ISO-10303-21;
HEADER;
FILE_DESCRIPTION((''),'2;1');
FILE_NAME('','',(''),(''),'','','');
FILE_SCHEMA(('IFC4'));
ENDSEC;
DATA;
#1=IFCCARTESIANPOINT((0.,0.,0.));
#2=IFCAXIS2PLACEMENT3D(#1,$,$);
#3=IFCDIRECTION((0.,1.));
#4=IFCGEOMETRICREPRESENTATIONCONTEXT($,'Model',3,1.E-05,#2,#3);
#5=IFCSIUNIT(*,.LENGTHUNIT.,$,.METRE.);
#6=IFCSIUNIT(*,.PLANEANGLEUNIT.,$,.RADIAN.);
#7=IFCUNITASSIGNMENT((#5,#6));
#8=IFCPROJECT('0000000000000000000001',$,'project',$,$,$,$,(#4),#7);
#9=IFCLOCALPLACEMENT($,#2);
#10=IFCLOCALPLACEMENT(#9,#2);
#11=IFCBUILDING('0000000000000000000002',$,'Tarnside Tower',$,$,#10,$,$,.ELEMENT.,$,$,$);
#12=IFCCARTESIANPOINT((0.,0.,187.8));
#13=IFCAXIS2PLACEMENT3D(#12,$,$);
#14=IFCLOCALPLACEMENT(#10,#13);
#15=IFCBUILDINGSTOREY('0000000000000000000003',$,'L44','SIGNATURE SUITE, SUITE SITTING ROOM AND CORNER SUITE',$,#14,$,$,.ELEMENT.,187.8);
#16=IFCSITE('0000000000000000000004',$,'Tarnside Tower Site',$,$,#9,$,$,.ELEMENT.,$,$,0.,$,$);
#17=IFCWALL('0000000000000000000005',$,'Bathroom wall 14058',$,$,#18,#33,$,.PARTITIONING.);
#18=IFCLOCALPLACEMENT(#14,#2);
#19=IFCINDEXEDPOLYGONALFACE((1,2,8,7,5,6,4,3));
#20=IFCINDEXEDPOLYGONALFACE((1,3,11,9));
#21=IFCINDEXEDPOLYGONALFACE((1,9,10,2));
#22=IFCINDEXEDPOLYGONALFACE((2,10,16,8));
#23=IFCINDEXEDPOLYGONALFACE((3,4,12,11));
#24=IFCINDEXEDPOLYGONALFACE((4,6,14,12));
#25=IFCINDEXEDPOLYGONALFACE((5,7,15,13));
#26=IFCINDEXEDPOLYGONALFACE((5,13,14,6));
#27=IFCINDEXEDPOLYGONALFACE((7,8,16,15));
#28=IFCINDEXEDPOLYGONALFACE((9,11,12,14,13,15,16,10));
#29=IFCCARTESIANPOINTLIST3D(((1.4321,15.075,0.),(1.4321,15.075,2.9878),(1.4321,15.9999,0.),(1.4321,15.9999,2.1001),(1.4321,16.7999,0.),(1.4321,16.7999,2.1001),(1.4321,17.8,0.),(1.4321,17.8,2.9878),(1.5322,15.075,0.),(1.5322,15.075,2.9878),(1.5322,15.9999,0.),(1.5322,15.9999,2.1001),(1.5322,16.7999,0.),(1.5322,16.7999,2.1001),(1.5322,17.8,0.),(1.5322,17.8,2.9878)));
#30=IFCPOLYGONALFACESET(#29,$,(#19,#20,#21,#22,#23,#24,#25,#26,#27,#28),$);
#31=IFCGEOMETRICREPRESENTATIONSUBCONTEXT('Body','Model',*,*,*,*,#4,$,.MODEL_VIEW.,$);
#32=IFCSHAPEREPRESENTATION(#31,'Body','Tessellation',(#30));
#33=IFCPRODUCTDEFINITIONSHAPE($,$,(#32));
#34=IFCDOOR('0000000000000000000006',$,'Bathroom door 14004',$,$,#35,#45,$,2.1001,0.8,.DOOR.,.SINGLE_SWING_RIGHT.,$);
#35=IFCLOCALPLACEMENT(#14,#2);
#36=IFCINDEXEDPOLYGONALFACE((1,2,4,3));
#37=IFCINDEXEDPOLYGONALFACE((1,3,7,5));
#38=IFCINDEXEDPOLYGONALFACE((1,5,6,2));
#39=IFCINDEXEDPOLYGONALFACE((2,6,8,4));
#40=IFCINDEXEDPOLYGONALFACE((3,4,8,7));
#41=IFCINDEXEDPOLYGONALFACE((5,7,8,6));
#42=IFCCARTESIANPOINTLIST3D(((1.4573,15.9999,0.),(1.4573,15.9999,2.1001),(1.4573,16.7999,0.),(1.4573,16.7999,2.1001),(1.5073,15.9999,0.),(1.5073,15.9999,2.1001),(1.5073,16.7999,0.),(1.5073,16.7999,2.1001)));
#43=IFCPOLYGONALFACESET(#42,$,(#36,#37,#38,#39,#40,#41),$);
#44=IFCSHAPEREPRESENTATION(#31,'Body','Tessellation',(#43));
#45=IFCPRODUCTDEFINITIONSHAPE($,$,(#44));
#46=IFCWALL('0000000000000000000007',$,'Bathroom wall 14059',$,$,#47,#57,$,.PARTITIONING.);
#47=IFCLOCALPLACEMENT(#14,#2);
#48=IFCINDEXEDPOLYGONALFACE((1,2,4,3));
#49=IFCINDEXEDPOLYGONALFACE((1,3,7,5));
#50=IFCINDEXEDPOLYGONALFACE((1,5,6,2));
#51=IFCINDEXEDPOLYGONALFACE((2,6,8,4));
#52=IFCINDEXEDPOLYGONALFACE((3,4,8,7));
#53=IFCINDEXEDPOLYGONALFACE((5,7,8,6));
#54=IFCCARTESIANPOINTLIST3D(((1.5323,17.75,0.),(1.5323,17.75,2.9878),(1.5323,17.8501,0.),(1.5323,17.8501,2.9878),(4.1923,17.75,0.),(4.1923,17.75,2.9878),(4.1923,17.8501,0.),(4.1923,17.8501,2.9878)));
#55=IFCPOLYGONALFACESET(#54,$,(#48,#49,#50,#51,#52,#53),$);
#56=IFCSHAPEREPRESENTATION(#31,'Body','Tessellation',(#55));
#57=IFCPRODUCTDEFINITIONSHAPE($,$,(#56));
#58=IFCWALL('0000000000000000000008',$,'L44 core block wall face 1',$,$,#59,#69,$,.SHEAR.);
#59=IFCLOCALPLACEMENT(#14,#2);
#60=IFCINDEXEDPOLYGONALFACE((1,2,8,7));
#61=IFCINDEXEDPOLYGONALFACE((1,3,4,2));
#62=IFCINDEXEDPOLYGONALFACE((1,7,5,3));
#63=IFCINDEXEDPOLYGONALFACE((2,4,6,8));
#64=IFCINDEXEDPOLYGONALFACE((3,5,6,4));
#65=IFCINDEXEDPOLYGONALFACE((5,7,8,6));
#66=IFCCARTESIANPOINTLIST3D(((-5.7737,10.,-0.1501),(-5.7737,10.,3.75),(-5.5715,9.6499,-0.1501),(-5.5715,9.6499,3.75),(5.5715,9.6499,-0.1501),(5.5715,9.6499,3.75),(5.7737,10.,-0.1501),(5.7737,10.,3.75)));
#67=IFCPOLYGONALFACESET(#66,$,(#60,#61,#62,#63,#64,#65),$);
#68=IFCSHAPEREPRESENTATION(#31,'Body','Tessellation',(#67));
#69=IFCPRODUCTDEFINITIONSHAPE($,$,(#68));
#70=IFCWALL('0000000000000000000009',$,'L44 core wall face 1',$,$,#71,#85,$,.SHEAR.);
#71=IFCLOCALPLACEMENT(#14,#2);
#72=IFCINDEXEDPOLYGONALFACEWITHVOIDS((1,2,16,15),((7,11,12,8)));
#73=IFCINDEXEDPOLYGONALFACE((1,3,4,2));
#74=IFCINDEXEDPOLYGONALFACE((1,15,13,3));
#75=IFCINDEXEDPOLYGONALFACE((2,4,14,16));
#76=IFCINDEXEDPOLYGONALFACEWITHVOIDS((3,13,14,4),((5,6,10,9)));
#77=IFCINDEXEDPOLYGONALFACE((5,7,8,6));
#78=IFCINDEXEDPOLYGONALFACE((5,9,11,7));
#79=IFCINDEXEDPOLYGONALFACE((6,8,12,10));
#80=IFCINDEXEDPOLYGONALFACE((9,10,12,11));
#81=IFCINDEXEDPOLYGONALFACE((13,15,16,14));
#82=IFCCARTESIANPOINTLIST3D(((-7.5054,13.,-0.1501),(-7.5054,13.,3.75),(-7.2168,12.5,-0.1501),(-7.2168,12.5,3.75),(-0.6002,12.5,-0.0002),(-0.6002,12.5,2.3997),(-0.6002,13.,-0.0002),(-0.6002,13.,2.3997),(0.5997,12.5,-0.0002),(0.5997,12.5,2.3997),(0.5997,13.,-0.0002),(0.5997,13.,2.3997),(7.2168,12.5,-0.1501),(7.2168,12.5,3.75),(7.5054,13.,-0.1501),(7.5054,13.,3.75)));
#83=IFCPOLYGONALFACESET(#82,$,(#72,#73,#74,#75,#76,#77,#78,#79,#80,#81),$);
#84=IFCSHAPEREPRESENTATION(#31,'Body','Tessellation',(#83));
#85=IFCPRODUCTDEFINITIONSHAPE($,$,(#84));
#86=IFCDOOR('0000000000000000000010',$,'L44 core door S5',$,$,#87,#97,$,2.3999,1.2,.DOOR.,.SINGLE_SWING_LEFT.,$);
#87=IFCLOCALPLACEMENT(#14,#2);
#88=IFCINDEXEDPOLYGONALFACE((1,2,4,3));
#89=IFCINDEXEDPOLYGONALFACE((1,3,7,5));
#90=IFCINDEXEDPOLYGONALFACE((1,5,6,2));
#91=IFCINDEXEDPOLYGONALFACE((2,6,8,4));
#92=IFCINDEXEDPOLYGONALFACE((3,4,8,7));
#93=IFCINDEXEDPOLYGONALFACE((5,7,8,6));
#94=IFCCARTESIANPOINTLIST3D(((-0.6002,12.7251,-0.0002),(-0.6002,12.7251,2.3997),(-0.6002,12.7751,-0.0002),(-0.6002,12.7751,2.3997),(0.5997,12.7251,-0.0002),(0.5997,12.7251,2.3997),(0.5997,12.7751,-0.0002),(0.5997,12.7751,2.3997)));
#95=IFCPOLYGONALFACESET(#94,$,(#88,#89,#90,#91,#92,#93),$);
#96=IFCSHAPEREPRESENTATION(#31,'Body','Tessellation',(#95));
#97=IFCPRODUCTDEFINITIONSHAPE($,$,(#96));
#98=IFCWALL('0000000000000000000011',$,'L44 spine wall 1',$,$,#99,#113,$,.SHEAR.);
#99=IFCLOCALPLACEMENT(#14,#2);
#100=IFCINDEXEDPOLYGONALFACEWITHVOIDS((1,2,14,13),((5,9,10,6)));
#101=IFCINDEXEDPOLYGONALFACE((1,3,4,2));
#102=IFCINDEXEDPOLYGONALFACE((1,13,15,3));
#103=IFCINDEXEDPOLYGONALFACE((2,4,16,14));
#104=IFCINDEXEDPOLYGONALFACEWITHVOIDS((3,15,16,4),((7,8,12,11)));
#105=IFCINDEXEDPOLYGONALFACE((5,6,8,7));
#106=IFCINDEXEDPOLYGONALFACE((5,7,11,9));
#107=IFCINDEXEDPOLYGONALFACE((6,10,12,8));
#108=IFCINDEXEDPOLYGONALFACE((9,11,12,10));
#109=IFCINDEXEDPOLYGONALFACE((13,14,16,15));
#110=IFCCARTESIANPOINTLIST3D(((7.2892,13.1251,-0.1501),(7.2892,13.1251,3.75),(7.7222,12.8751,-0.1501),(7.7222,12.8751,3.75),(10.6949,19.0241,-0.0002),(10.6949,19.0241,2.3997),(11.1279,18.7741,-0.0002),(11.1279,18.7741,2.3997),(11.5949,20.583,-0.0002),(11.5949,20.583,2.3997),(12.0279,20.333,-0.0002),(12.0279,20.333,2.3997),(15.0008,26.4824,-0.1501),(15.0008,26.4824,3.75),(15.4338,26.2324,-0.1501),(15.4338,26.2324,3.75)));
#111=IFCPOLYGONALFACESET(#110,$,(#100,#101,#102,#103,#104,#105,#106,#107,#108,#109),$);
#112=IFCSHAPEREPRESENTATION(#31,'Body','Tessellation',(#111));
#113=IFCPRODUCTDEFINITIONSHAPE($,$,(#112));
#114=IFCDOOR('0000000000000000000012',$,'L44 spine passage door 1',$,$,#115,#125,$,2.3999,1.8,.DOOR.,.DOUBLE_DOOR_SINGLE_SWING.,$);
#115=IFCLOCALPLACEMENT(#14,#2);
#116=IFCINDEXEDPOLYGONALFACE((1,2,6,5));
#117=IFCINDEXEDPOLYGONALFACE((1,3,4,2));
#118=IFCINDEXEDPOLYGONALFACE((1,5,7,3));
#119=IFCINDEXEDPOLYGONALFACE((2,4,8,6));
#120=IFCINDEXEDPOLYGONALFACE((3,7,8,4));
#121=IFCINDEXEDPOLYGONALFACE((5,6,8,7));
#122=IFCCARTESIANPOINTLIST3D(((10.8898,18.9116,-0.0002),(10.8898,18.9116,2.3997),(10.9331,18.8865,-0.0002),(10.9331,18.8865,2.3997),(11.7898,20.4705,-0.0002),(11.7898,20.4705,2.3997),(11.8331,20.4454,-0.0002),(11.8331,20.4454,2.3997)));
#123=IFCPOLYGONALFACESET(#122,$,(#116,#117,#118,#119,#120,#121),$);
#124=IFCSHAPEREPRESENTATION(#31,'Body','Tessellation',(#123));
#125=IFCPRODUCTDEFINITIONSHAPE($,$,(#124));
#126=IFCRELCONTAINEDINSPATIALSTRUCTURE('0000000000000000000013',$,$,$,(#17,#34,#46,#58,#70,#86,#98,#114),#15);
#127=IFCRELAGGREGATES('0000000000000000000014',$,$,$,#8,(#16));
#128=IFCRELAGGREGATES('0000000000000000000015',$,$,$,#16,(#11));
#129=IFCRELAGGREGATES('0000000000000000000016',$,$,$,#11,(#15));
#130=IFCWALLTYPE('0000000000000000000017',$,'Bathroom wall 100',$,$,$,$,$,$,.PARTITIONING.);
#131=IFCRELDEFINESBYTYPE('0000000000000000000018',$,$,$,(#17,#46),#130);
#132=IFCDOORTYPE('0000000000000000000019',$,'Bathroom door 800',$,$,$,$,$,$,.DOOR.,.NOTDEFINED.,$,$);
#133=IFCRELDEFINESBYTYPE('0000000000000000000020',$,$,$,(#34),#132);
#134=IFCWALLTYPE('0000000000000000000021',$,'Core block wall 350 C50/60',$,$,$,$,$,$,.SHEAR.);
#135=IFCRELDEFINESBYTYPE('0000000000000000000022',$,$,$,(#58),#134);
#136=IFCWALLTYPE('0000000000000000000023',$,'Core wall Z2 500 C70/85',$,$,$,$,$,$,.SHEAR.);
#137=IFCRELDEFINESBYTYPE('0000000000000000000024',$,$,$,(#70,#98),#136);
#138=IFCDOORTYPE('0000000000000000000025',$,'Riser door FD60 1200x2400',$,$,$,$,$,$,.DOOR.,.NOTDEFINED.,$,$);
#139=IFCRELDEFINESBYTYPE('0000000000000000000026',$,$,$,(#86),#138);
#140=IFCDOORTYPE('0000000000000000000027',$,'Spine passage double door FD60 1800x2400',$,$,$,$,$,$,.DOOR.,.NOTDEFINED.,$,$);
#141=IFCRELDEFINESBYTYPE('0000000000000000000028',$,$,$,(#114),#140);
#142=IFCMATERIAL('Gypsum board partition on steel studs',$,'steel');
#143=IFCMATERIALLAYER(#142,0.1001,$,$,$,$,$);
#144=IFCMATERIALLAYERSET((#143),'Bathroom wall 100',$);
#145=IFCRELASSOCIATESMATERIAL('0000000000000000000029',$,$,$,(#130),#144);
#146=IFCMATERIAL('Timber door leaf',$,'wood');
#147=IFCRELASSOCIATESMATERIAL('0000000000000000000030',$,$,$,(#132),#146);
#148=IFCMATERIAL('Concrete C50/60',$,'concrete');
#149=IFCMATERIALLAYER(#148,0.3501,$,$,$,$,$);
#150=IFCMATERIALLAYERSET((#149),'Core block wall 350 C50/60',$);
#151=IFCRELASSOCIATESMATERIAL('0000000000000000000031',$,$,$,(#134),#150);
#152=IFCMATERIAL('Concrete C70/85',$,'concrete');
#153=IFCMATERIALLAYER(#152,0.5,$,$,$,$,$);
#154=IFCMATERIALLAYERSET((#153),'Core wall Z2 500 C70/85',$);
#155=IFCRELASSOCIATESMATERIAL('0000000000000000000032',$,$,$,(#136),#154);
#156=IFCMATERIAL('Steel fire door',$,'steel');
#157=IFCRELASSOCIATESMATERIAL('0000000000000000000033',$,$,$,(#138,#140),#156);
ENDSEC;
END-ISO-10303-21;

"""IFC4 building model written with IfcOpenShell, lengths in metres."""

from ifc_helpers import new_model, si_unit, direction, frame, frame_2d, origin, place, context, subcontext, project, spatial, polyline, rectangle, outline, extrude, material, layer, layer_set, type_object, element, fill, save


model = new_model("IFC4")

# Units and contexts
model_context = context("Model", 3, precision=1e-05, world=origin(), true_north=direction((0.0, 1.0)))
body_context = subcontext(model_context, "Body", "Model", "MODEL_VIEW")
ifc_project = project(units=[si_unit("LENGTHUNIT", "METRE"), si_unit("PLANEANGLEUNIT", "RADIAN")], contexts=[model_context])

# Site, building, storey
site_placement = place(None, origin())
site = spatial("IfcSite", under=ifc_project, at=site_placement, Name="Tarnside Tower Site", CompositionType="ELEMENT", RefElevation=0.0)
building_placement = place(site_placement, origin())
building = spatial("IfcBuilding", under=site, at=building_placement, Name="Tarnside Tower", CompositionType="ELEMENT")
storey_placement = place(building_placement, frame((0.0, 0.0, 187.8)))
storey = spatial("IfcBuildingStorey", under=building, at=storey_placement, Name="L44", Description="SIGNATURE SUITE, SUITE SITTING ROOM AND CORNER SUITE", CompositionType="ELEMENT", Elevation=187.8)

# Wall, opening, door
ifc_material_1 = material(Name="Gypsum board partition on steel studs", Category="steel")
ifc_layer_1 = layer(ifc_material_1, 0.1001)
ifc_layer_set_1 = layer_set([ifc_layer_1], Name="Bathroom wall 100")
wall_type_1 = type_object("IfcWallType", Name="Bathroom wall 100", PredefinedType="PARTITIONING", material=ifc_layer_set_1)
wall_1_placement = place(storey_placement, frame((1.4822, 15.075, 0.0), z_axis=(0.0, 0.0, 1.0), x_axis=(0.0, 1.0, 0.0)))
wall_1 = element("IfcWall", 1, at=wall_1_placement, inside=storey, type_object=wall_type_1, Name="Bathroom wall 14058", PredefinedType="PARTITIONING", context=body_context, shape_type="SweptSolid", body=[
    extrude(rectangle(XDim=2.7251, YDim=0.1001, at=frame_2d((1.3625, 0.0))), origin(), (0.0, 0.0, 1.0), 2.9878),
])
opening_1_placement = place(wall_1_placement, frame((0.925, 0.0, 0.0)))
opening_1 = element("IfcOpeningElement", 2, at=opening_1_placement, cuts=wall_1, PredefinedType="OPENING", context=body_context, shape_type="SweptSolid", body=[
    extrude(rectangle(XDim=0.8, YDim=2.1001, at=frame_2d((0.3999, 1.05))), frame((0.0, 0.0601, 0.0), z_axis=(0.0, -1.0, 0.0), x_axis=(1.0, 0.0, 0.0)), (0.0, 0.0, 1.0), 0.1201),
])
ifc_material_2 = material(Name="Timber door leaf", Category="wood")
door_type_1 = type_object("IfcDoorType", Name="Bathroom door 800", OperationType="NOTDEFINED", PredefinedType="DOOR", material=ifc_material_2)
door_1_placement = place(opening_1_placement, origin())
door_1 = element("IfcDoor", 3, at=door_1_placement, inside=storey, type_object=door_type_1, Name="Bathroom door 14004", OperationType="SINGLE_SWING_RIGHT", OverallHeight=2.1001, OverallWidth=0.8, PredefinedType="DOOR", context=body_context, shape_type="SweptSolid", body=[
    extrude(rectangle(XDim=0.8, YDim=2.1001, at=frame_2d((0.3999, 1.05))), frame((0.0, 0.0249, 0.0), z_axis=(0.0, -1.0, 0.0), x_axis=(1.0, 0.0, 0.0)), (0.0, 0.0, 1.0), 0.05),
])
fill(opening_1, door_1)

# Walls
wall_2_placement = place(storey_placement, frame((1.5322, 17.8, 0.0), z_axis=(0.0, 0.0, 1.0), x_axis=(1.0, 0.0, 0.0)))
element("IfcWall", 4, at=wall_2_placement, inside=storey, type_object=wall_type_1, Name="Bathroom wall 14059", PredefinedType="PARTITIONING", context=body_context, shape_type="SweptSolid", body=[
    extrude(rectangle(XDim=2.6599, YDim=0.1001, at=frame_2d((1.3301, 0.0))), origin(), (0.0, 0.0, 1.0), 2.9878),
])
ifc_material_3 = material(Name="Concrete C50/60", Category="concrete")
ifc_layer_2 = layer(ifc_material_3, 0.3501)
ifc_layer_set_2 = layer_set([ifc_layer_2], Name="Core block wall 350 C50/60")
wall_type_2 = type_object("IfcWallType", Name="Core block wall 350 C50/60", PredefinedType="SHEAR", material=ifc_layer_set_2)
wall_3_placement = place(storey_placement, frame((5.6726, 9.825, -0.1501), z_axis=(0.0, 0.0, 1.0), x_axis=(-1.0, 0.0, 0.0)))
element("IfcWall", 5, at=wall_3_placement, inside=storey, type_object=wall_type_2, Name="L44 core block wall face 1", PredefinedType="SHEAR", context=body_context, shape_type="SweptSolid", body=[
    extrude(outline(polyline([(-0.1011, -0.175), (11.4463, -0.175), (11.2441, 0.175), (0.1011, 0.175), (-0.1011, -0.175)])), origin(), (0.0, 0.0, 1.0), 3.9001),
])

# Walls, openings, doors
ifc_material_4 = material(Name="Concrete C70/85", Category="concrete")
ifc_layer_3 = layer(ifc_material_4, 0.5)
ifc_layer_set_3 = layer_set([ifc_layer_3], Name="Core wall Z2 500 C70/85")
wall_type_3 = type_object("IfcWallType", Name="Core wall Z2 500 C70/85", PredefinedType="SHEAR", material=ifc_layer_set_3)
wall_4_placement = place(storey_placement, frame((7.3611, 12.75, -0.1501), z_axis=(0.0, 0.0, 1.0), x_axis=(-1.0, 0.0, 0.0)))
wall_4 = element("IfcWall", 6, at=wall_4_placement, inside=storey, type_object=wall_type_3, Name="L44 core wall face 1", PredefinedType="SHEAR", context=body_context, shape_type="SweptSolid", body=[
    extrude(outline(polyline([(-0.1443, -0.25), (14.8665, -0.25), (14.5779, 0.25), (0.1443, 0.25), (-0.1443, -0.25)])), origin(), (0.0, 0.0, 1.0), 3.9001),
])
opening_2_placement = place(wall_4_placement, frame((6.7612, 0.0, 0.1499)))
opening_2 = element("IfcOpeningElement", 7, at=opening_2_placement, cuts=wall_4, PredefinedType="OPENING", context=body_context, shape_type="SweptSolid", body=[
    extrude(rectangle(XDim=1.2, YDim=2.3999, at=frame_2d((0.6001, 1.2))), frame((0.0, 0.26, 0.0), z_axis=(0.0, -1.0, 0.0), x_axis=(1.0, 0.0, 0.0)), (0.0, 0.0, 1.0), 0.52),
])
ifc_material_5 = material(Name="Steel fire door", Category="steel")
door_type_2 = type_object("IfcDoorType", Name="Riser door FD60 1200x2400", OperationType="NOTDEFINED", PredefinedType="DOOR", material=ifc_material_5)
door_2_placement = place(opening_2_placement, origin())
door_2 = element("IfcDoor", 8, at=door_2_placement, inside=storey, type_object=door_type_2, Name="L44 core door S5", OperationType="SINGLE_SWING_LEFT", OverallHeight=2.3999, OverallWidth=1.2, PredefinedType="DOOR", context=body_context, shape_type="SweptSolid", body=[
    extrude(rectangle(XDim=1.2, YDim=2.3999, at=frame_2d((0.6001, 1.2))), frame((0.0, 0.0249, 0.0), z_axis=(0.0, -1.0, 0.0), x_axis=(1.0, 0.0, 0.0)), (0.0, 0.0, 1.0), 0.05),
])
fill(opening_2, door_2)
wall_5_placement = place(storey_placement, frame((7.5056, 13.0, -0.1501), z_axis=(0.0, 0.0, 1.0), x_axis=(0.499988, 0.866032, 0.0)))
wall_5 = element("IfcWall", 9, at=wall_5_placement, inside=storey, type_object=wall_type_3, Name="L44 spine wall 1", PredefinedType="SHEAR", context=body_context, shape_type="SweptSolid", body=[
    extrude(rectangle(XDim=15.4236, YDim=0.5, at=frame_2d((7.7119, 0.0))), origin(), (0.0, 0.0, 1.0), 3.9001),
])
opening_3_placement = place(wall_5_placement, frame((6.8118, 0.0, 0.1499)))
opening_3 = element("IfcOpeningElement", 10, at=opening_3_placement, cuts=wall_5, PredefinedType="OPENING", context=body_context, shape_type="SweptSolid", body=[
    extrude(rectangle(XDim=1.8, YDim=2.3999, at=frame_2d((0.8999, 1.2))), frame((0.0, 0.26, 0.0), z_axis=(0.0, -1.0, 0.0), x_axis=(1.0, 0.0, 0.0)), (0.0, 0.0, 1.0), 0.52),
])
door_type_3 = type_object("IfcDoorType", Name="Spine passage double door FD60 1800x2400", OperationType="NOTDEFINED", PredefinedType="DOOR", material=ifc_material_5)
door_3_placement = place(opening_3_placement, origin())
door_3 = element("IfcDoor", 11, at=door_3_placement, inside=storey, type_object=door_type_3, Name="L44 spine passage door 1", OperationType="DOUBLE_DOOR_SINGLE_SWING", OverallHeight=2.3999, OverallWidth=1.8, PredefinedType="DOOR", context=body_context, shape_type="SweptSolid", body=[
    extrude(rectangle(XDim=1.8, YDim=2.3999, at=frame_2d((0.8999, 1.2))), frame((0.0, 0.0249, 0.0), z_axis=(0.0, -1.0, 0.0), x_axis=(1.0, 0.0, 0.0)), (0.0, 0.0, 1.0), 0.05),
])
fill(opening_3, door_3)

save(model, "model.ifc")
